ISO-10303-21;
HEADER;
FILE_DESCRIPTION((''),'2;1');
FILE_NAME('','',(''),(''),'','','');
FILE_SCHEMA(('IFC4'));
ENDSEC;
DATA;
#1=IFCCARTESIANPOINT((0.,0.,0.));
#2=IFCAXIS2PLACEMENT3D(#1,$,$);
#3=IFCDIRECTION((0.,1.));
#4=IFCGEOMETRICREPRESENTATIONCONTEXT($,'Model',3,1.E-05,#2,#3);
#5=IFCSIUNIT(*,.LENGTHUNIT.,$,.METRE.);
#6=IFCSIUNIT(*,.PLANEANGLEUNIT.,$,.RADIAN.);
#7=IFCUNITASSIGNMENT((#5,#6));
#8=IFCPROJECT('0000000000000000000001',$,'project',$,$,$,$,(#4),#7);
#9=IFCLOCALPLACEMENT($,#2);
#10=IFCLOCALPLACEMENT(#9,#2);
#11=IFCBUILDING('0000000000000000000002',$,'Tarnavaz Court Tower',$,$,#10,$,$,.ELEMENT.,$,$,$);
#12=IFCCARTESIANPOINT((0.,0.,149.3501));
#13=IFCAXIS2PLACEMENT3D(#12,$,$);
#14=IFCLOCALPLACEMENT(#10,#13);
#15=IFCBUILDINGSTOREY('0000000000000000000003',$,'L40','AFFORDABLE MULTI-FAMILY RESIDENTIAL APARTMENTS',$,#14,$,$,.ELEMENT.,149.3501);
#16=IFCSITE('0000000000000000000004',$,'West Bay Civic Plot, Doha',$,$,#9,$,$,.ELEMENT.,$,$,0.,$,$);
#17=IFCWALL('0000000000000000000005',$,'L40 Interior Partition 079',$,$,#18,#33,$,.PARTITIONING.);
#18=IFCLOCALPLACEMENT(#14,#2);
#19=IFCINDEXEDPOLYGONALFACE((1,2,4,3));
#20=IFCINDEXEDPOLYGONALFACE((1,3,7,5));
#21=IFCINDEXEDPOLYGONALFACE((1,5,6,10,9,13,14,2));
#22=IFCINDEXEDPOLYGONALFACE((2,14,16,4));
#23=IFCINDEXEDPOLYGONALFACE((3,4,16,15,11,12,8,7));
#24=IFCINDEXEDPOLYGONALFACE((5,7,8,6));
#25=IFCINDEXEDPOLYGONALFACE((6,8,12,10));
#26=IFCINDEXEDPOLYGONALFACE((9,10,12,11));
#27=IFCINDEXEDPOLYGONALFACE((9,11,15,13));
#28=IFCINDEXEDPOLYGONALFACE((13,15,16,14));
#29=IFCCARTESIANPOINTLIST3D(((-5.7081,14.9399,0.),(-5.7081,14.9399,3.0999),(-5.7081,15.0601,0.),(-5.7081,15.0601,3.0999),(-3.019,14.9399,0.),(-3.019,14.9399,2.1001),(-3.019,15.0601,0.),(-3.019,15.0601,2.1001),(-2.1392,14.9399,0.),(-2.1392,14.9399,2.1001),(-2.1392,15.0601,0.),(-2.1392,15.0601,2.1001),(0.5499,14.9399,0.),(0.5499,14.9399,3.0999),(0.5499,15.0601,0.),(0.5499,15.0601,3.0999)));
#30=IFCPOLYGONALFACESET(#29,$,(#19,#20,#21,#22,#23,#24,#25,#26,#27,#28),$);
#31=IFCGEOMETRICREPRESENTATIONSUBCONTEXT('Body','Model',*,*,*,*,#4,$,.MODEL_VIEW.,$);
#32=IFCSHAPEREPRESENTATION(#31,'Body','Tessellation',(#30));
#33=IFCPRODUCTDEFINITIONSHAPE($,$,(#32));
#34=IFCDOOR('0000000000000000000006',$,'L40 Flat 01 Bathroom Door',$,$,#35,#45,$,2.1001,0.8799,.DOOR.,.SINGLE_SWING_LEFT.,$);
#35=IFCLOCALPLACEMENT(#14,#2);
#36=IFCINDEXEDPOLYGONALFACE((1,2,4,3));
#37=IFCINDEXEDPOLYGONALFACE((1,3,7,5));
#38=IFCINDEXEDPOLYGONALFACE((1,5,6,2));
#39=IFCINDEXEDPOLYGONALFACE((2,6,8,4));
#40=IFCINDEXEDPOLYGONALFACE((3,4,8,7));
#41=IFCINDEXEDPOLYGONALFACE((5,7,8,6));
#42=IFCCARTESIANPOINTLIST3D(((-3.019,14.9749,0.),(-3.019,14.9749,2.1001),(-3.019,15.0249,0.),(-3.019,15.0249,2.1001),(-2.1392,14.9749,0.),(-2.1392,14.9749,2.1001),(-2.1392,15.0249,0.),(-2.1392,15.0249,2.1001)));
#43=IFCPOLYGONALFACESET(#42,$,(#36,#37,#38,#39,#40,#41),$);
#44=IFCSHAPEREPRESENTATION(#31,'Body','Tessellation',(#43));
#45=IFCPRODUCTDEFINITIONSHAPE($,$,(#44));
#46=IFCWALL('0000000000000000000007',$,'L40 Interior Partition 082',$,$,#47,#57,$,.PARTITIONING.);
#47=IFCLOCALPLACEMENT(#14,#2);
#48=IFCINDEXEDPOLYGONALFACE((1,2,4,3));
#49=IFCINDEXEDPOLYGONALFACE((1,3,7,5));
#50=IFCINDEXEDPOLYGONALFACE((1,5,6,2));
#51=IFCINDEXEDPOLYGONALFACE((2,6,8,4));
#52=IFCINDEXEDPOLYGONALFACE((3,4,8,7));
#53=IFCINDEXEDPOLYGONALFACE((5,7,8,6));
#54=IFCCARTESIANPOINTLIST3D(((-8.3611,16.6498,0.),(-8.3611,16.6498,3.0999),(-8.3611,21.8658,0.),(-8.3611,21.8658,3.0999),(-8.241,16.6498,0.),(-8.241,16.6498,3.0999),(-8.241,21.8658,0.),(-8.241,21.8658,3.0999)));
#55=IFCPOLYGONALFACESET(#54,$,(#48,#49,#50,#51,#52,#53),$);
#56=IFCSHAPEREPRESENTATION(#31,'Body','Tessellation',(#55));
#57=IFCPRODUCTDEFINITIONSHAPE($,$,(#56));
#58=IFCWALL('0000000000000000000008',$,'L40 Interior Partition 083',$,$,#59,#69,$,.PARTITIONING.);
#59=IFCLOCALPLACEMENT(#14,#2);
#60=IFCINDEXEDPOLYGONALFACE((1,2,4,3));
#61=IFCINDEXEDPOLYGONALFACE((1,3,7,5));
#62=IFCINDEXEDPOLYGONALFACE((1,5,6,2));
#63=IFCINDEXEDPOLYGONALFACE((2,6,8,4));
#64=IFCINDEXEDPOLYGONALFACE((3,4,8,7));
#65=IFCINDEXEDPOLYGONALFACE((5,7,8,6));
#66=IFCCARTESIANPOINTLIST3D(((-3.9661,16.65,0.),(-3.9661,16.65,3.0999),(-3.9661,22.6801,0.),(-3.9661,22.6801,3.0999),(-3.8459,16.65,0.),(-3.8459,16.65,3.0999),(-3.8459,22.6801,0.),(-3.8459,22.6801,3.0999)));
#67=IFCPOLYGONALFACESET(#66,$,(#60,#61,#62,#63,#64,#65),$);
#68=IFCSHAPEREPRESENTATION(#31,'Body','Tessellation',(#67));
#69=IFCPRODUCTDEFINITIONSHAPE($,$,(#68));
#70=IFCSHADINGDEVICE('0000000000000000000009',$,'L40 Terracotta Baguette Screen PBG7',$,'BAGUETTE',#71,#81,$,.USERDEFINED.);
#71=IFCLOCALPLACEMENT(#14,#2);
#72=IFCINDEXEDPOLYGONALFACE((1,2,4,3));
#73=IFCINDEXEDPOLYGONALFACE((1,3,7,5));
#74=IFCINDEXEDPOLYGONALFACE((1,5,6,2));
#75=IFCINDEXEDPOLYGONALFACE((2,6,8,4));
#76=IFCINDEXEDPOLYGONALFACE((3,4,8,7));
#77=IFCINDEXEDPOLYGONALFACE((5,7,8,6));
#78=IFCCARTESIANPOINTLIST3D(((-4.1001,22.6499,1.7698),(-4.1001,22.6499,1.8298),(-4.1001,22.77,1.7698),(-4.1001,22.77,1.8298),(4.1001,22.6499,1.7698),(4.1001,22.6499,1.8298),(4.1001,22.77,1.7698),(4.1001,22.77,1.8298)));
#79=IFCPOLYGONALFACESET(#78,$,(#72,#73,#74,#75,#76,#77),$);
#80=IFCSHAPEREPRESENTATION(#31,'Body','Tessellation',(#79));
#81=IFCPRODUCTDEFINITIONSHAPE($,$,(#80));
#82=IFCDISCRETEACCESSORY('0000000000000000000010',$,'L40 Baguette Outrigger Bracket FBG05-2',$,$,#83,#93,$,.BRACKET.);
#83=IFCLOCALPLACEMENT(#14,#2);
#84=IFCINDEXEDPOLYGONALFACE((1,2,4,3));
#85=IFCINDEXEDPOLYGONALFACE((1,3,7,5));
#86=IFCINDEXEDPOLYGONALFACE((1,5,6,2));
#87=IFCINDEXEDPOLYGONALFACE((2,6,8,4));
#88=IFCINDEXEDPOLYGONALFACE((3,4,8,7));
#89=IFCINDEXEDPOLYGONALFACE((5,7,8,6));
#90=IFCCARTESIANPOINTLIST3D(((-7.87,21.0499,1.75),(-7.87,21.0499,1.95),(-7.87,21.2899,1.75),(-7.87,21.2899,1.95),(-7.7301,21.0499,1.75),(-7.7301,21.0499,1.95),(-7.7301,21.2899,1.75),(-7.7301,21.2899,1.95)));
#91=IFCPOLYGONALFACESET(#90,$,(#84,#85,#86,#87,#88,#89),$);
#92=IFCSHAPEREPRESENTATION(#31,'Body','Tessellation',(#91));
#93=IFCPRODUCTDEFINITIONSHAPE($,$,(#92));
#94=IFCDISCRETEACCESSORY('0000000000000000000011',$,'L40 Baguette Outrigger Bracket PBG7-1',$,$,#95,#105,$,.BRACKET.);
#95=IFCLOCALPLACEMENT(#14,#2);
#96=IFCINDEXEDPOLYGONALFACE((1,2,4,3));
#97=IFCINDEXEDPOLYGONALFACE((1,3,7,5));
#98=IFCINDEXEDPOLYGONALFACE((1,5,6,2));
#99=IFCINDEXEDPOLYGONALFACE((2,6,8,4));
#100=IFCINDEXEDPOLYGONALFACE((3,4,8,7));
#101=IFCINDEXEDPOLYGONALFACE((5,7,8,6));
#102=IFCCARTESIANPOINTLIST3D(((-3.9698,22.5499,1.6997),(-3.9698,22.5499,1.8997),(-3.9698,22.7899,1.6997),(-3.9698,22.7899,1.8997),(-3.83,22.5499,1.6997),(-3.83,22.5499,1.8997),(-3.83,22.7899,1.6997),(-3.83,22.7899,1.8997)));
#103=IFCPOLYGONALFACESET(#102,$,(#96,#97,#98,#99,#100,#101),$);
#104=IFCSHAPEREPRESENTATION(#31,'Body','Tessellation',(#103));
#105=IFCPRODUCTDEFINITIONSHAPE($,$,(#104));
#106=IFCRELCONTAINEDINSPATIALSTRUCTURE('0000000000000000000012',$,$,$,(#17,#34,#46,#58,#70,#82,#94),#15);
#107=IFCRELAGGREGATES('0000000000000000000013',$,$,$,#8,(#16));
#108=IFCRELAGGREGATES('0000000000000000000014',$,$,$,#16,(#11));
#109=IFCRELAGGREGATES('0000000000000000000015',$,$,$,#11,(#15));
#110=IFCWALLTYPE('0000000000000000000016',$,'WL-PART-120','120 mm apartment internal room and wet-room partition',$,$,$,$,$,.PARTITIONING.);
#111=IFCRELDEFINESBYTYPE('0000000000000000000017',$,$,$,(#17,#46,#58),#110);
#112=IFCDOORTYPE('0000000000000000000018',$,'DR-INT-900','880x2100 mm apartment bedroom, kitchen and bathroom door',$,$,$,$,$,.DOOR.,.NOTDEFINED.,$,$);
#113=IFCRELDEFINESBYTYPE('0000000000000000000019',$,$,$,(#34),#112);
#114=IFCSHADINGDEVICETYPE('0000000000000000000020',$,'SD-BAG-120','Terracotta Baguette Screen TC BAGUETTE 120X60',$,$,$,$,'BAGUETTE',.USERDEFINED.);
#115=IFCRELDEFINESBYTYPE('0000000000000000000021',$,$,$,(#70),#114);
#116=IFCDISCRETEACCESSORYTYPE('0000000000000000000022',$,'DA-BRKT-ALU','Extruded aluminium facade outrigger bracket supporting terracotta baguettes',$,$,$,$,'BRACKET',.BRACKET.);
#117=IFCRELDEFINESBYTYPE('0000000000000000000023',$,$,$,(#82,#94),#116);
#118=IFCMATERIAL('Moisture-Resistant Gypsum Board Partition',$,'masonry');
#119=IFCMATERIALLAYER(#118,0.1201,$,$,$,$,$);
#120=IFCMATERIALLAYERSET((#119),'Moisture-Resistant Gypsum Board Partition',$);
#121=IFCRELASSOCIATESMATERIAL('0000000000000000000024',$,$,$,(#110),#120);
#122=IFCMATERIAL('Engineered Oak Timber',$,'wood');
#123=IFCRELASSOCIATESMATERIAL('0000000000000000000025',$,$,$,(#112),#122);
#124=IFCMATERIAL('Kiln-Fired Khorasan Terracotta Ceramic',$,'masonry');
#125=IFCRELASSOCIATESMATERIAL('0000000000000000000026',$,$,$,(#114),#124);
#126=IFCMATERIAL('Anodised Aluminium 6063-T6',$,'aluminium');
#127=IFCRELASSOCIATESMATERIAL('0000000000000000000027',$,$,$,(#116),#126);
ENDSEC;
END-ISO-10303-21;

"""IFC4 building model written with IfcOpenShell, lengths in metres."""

from ifc_helpers import new_model, si_unit, direction, frame, frame_2d, origin, origin_2d, place, context, subcontext, project, spatial, rectangle, extrude, material, layer, layer_set, material_profile, profile_set, type_object, element, fill, save


model = new_model("IFC4")

# Units and contexts
model_context = context("Model", 3, precision=1e-05, world=origin(), true_north=direction((0.0, 1.0)))
body_context = subcontext(model_context, "Body", "Model", "MODEL_VIEW")
ifc_project = project(units=[si_unit("LENGTHUNIT", "METRE"), si_unit("PLANEANGLEUNIT", "RADIAN")], contexts=[model_context])

# Site, building, storey
site_placement = place(None, origin())
site = spatial("IfcSite", under=ifc_project, at=site_placement, Name="West Bay Civic Plot, Doha", CompositionType="ELEMENT", RefElevation=0.0)
building_placement = place(site_placement, origin())
building = spatial("IfcBuilding", under=site, at=building_placement, Name="Tarnavaz Court Tower", CompositionType="ELEMENT")
storey_placement = place(building_placement, frame((0.0, 0.0, 149.3501)))
storey = spatial("IfcBuildingStorey", under=building, at=storey_placement, Name="L40", Description="AFFORDABLE MULTI-FAMILY RESIDENTIAL APARTMENTS", CompositionType="ELEMENT", Elevation=149.3501)

# Shared definitions
ifc_material_1 = material(Name="Anodised Aluminium 6063-T6", Category="aluminium")

# Wall, opening, door
ifc_material_2 = material(Name="Moisture-Resistant Gypsum Board Partition", Category="masonry")
ifc_layer_1 = layer(ifc_material_2, 0.1201)
ifc_layer_set_1 = layer_set([ifc_layer_1], Name="Moisture-Resistant Gypsum Board Partition")
wall_type_1 = type_object("IfcWallType", Name="WL-PART-120", Description="120 mm apartment internal room and wet-room partition", PredefinedType="PARTITIONING", material=ifc_layer_set_1)
ifc_material_3 = material(Name="Engineered Oak Timber", Category="wood")
door_type = type_object("IfcDoorType", Name="DR-INT-900", Description="880x2100 mm apartment bedroom, kitchen and bathroom door", OperationType="NOTDEFINED", PredefinedType="DOOR", material=ifc_material_3)
wall_1_placement = place(storey_placement, frame((-5.708, 15.0, 0.0), z_axis=(0.0, 0.0, 1.0), x_axis=(1.0, 0.0, 0.0)))
wall_1 = element("IfcWall", 1, at=wall_1_placement, inside=storey, type_object=wall_type_1, Name="L40 Interior Partition 079", PredefinedType="PARTITIONING", context=body_context, shape_type="SweptSolid", body=[
    extrude(rectangle(XDim=6.2581, YDim=0.1201, at=frame_2d((3.1289, 0.0))), origin(), (0.0, 0.0, 1.0), 3.0999),
])
opening_1_placement = place(wall_1_placement, frame((2.689, 0.0, 0.0)))
opening_1 = element("IfcOpeningElement", 2, at=opening_1_placement, cuts=wall_1, PredefinedType="OPENING", context=body_context, shape_type="SweptSolid", body=[
    extrude(rectangle(XDim=0.8799, YDim=2.1001, at=frame_2d((0.4399, 1.05))), frame((0.0, 0.0701, 0.0), z_axis=(0.0, -1.0, 0.0), x_axis=(1.0, 0.0, 0.0)), (0.0, 0.0, 1.0), 0.1401),
])
door_1_placement = place(opening_1_placement, origin())
door_1 = element("IfcDoor", 3, at=door_1_placement, inside=storey, type_object=door_type, Name="L40 Flat 01 Bathroom Door", OperationType="SINGLE_SWING_LEFT", OverallHeight=2.1001, OverallWidth=0.8799, PredefinedType="DOOR", context=body_context, shape_type="SweptSolid", body=[
    extrude(rectangle(XDim=0.8799, YDim=2.1001, at=frame_2d((0.4399, 1.05))), frame((0.0, 0.0249, 0.0), z_axis=(0.0, -1.0, 0.0), x_axis=(1.0, 0.0, 0.0)), (0.0, 0.0, 1.0), 0.05),
])
fill(opening_1, door_1)

# Walls
wall_2_placement = place(storey_placement, frame((-8.301, 16.6499, 0.0), z_axis=(0.0, 0.0, 1.0), x_axis=(0.0, 1.0, 0.0)))
element("IfcWall", 4, at=wall_2_placement, inside=storey, type_object=wall_type_1, Name="L40 Interior Partition 082", PredefinedType="PARTITIONING", context=body_context, shape_type="SweptSolid", body=[
    extrude(rectangle(XDim=5.2161, YDim=0.1201, at=frame_2d((2.6079, 0.0))), origin(), (0.0, 0.0, 1.0), 3.0999),
])
wall_3_placement = place(storey_placement, frame((-3.906, 16.6499, 0.0), z_axis=(0.0, 0.0, 1.0), x_axis=(0.0, 1.0, 0.0)))
element("IfcWall", 5, at=wall_3_placement, inside=storey, type_object=wall_type_1, Name="L40 Interior Partition 083", PredefinedType="PARTITIONING", context=body_context, shape_type="SweptSolid", body=[
    extrude(rectangle(XDim=6.03, YDim=0.1201, at=frame_2d((3.0151, 0.0))), origin(), (0.0, 0.0, 1.0), 3.0999),
])

# Shading device
ifc_material_4 = material(Name="Kiln-Fired Khorasan Terracotta Ceramic", Category="masonry")
ifc_material_profile_1 = material_profile(ifc_material_4, rectangle(XDim=0.1201, YDim=0.0601, at=origin_2d()), Name="TC BAGUETTE 120X60")
ifc_profile_set_1 = profile_set([ifc_material_profile_1], Name="Kiln-Fired Khorasan Terracotta Ceramic")
shading_device_type = type_object("IfcShadingDeviceType", Name="SD-BAG-120", Description="Terracotta Baguette Screen TC BAGUETTE 120X60", ElementType="BAGUETTE", PredefinedType="USERDEFINED", material=ifc_profile_set_1)
shading_device_placement = place(storey_placement, frame((-4.1001, 22.71, 1.7998), z_axis=(1.0, 0.0, 0.0), x_axis=(0.0, 1.0, 0.0)))
element("IfcShadingDevice", 6, at=shading_device_placement, inside=storey, type_object=shading_device_type, Name="L40 Terracotta Baguette Screen PBG7", ObjectType="BAGUETTE", PredefinedType="USERDEFINED", context=body_context, shape_type="SweptSolid", body=[
    extrude(rectangle(XDim=0.1201, YDim=0.0601, at=origin_2d()), origin(), (0.0, 0.0, 1.0), 8.2002),
])

# Discrete accessories
discrete_accessory_type = type_object("IfcDiscreteAccessoryType", Name="DA-BRKT-ALU", Description="Extruded aluminium facade outrigger bracket supporting terracotta baguettes", ElementType="BRACKET", PredefinedType="BRACKET", material=ifc_material_1)
for number, where, z_axis, x_axis, name in (
    (7, (-7.8, 21.1699, 1.75), (0.0, 0.0, 1.0), (1.0, 0.0, 0.0), "L40 Baguette Outrigger Bracket FBG05-2"),
    (8, (-3.8999, 22.6699, 1.6997), (0.0, 0.0, 1.0), (1.0, 0.0, 0.0), "L40 Baguette Outrigger Bracket PBG7-1"),
):
    element("IfcDiscreteAccessory", number, at=place(storey_placement, frame(where, z_axis=z_axis, x_axis=x_axis)), inside=storey, type_object=discrete_accessory_type, Name=name, PredefinedType="BRACKET", context=body_context, shape_type="SweptSolid", body=[
        extrude(rectangle(XDim=0.1399, YDim=0.24, at=origin_2d()), origin(), (0.0, 0.0, 1.0), 0.2),
    ])

save(model, "model.ifc")
